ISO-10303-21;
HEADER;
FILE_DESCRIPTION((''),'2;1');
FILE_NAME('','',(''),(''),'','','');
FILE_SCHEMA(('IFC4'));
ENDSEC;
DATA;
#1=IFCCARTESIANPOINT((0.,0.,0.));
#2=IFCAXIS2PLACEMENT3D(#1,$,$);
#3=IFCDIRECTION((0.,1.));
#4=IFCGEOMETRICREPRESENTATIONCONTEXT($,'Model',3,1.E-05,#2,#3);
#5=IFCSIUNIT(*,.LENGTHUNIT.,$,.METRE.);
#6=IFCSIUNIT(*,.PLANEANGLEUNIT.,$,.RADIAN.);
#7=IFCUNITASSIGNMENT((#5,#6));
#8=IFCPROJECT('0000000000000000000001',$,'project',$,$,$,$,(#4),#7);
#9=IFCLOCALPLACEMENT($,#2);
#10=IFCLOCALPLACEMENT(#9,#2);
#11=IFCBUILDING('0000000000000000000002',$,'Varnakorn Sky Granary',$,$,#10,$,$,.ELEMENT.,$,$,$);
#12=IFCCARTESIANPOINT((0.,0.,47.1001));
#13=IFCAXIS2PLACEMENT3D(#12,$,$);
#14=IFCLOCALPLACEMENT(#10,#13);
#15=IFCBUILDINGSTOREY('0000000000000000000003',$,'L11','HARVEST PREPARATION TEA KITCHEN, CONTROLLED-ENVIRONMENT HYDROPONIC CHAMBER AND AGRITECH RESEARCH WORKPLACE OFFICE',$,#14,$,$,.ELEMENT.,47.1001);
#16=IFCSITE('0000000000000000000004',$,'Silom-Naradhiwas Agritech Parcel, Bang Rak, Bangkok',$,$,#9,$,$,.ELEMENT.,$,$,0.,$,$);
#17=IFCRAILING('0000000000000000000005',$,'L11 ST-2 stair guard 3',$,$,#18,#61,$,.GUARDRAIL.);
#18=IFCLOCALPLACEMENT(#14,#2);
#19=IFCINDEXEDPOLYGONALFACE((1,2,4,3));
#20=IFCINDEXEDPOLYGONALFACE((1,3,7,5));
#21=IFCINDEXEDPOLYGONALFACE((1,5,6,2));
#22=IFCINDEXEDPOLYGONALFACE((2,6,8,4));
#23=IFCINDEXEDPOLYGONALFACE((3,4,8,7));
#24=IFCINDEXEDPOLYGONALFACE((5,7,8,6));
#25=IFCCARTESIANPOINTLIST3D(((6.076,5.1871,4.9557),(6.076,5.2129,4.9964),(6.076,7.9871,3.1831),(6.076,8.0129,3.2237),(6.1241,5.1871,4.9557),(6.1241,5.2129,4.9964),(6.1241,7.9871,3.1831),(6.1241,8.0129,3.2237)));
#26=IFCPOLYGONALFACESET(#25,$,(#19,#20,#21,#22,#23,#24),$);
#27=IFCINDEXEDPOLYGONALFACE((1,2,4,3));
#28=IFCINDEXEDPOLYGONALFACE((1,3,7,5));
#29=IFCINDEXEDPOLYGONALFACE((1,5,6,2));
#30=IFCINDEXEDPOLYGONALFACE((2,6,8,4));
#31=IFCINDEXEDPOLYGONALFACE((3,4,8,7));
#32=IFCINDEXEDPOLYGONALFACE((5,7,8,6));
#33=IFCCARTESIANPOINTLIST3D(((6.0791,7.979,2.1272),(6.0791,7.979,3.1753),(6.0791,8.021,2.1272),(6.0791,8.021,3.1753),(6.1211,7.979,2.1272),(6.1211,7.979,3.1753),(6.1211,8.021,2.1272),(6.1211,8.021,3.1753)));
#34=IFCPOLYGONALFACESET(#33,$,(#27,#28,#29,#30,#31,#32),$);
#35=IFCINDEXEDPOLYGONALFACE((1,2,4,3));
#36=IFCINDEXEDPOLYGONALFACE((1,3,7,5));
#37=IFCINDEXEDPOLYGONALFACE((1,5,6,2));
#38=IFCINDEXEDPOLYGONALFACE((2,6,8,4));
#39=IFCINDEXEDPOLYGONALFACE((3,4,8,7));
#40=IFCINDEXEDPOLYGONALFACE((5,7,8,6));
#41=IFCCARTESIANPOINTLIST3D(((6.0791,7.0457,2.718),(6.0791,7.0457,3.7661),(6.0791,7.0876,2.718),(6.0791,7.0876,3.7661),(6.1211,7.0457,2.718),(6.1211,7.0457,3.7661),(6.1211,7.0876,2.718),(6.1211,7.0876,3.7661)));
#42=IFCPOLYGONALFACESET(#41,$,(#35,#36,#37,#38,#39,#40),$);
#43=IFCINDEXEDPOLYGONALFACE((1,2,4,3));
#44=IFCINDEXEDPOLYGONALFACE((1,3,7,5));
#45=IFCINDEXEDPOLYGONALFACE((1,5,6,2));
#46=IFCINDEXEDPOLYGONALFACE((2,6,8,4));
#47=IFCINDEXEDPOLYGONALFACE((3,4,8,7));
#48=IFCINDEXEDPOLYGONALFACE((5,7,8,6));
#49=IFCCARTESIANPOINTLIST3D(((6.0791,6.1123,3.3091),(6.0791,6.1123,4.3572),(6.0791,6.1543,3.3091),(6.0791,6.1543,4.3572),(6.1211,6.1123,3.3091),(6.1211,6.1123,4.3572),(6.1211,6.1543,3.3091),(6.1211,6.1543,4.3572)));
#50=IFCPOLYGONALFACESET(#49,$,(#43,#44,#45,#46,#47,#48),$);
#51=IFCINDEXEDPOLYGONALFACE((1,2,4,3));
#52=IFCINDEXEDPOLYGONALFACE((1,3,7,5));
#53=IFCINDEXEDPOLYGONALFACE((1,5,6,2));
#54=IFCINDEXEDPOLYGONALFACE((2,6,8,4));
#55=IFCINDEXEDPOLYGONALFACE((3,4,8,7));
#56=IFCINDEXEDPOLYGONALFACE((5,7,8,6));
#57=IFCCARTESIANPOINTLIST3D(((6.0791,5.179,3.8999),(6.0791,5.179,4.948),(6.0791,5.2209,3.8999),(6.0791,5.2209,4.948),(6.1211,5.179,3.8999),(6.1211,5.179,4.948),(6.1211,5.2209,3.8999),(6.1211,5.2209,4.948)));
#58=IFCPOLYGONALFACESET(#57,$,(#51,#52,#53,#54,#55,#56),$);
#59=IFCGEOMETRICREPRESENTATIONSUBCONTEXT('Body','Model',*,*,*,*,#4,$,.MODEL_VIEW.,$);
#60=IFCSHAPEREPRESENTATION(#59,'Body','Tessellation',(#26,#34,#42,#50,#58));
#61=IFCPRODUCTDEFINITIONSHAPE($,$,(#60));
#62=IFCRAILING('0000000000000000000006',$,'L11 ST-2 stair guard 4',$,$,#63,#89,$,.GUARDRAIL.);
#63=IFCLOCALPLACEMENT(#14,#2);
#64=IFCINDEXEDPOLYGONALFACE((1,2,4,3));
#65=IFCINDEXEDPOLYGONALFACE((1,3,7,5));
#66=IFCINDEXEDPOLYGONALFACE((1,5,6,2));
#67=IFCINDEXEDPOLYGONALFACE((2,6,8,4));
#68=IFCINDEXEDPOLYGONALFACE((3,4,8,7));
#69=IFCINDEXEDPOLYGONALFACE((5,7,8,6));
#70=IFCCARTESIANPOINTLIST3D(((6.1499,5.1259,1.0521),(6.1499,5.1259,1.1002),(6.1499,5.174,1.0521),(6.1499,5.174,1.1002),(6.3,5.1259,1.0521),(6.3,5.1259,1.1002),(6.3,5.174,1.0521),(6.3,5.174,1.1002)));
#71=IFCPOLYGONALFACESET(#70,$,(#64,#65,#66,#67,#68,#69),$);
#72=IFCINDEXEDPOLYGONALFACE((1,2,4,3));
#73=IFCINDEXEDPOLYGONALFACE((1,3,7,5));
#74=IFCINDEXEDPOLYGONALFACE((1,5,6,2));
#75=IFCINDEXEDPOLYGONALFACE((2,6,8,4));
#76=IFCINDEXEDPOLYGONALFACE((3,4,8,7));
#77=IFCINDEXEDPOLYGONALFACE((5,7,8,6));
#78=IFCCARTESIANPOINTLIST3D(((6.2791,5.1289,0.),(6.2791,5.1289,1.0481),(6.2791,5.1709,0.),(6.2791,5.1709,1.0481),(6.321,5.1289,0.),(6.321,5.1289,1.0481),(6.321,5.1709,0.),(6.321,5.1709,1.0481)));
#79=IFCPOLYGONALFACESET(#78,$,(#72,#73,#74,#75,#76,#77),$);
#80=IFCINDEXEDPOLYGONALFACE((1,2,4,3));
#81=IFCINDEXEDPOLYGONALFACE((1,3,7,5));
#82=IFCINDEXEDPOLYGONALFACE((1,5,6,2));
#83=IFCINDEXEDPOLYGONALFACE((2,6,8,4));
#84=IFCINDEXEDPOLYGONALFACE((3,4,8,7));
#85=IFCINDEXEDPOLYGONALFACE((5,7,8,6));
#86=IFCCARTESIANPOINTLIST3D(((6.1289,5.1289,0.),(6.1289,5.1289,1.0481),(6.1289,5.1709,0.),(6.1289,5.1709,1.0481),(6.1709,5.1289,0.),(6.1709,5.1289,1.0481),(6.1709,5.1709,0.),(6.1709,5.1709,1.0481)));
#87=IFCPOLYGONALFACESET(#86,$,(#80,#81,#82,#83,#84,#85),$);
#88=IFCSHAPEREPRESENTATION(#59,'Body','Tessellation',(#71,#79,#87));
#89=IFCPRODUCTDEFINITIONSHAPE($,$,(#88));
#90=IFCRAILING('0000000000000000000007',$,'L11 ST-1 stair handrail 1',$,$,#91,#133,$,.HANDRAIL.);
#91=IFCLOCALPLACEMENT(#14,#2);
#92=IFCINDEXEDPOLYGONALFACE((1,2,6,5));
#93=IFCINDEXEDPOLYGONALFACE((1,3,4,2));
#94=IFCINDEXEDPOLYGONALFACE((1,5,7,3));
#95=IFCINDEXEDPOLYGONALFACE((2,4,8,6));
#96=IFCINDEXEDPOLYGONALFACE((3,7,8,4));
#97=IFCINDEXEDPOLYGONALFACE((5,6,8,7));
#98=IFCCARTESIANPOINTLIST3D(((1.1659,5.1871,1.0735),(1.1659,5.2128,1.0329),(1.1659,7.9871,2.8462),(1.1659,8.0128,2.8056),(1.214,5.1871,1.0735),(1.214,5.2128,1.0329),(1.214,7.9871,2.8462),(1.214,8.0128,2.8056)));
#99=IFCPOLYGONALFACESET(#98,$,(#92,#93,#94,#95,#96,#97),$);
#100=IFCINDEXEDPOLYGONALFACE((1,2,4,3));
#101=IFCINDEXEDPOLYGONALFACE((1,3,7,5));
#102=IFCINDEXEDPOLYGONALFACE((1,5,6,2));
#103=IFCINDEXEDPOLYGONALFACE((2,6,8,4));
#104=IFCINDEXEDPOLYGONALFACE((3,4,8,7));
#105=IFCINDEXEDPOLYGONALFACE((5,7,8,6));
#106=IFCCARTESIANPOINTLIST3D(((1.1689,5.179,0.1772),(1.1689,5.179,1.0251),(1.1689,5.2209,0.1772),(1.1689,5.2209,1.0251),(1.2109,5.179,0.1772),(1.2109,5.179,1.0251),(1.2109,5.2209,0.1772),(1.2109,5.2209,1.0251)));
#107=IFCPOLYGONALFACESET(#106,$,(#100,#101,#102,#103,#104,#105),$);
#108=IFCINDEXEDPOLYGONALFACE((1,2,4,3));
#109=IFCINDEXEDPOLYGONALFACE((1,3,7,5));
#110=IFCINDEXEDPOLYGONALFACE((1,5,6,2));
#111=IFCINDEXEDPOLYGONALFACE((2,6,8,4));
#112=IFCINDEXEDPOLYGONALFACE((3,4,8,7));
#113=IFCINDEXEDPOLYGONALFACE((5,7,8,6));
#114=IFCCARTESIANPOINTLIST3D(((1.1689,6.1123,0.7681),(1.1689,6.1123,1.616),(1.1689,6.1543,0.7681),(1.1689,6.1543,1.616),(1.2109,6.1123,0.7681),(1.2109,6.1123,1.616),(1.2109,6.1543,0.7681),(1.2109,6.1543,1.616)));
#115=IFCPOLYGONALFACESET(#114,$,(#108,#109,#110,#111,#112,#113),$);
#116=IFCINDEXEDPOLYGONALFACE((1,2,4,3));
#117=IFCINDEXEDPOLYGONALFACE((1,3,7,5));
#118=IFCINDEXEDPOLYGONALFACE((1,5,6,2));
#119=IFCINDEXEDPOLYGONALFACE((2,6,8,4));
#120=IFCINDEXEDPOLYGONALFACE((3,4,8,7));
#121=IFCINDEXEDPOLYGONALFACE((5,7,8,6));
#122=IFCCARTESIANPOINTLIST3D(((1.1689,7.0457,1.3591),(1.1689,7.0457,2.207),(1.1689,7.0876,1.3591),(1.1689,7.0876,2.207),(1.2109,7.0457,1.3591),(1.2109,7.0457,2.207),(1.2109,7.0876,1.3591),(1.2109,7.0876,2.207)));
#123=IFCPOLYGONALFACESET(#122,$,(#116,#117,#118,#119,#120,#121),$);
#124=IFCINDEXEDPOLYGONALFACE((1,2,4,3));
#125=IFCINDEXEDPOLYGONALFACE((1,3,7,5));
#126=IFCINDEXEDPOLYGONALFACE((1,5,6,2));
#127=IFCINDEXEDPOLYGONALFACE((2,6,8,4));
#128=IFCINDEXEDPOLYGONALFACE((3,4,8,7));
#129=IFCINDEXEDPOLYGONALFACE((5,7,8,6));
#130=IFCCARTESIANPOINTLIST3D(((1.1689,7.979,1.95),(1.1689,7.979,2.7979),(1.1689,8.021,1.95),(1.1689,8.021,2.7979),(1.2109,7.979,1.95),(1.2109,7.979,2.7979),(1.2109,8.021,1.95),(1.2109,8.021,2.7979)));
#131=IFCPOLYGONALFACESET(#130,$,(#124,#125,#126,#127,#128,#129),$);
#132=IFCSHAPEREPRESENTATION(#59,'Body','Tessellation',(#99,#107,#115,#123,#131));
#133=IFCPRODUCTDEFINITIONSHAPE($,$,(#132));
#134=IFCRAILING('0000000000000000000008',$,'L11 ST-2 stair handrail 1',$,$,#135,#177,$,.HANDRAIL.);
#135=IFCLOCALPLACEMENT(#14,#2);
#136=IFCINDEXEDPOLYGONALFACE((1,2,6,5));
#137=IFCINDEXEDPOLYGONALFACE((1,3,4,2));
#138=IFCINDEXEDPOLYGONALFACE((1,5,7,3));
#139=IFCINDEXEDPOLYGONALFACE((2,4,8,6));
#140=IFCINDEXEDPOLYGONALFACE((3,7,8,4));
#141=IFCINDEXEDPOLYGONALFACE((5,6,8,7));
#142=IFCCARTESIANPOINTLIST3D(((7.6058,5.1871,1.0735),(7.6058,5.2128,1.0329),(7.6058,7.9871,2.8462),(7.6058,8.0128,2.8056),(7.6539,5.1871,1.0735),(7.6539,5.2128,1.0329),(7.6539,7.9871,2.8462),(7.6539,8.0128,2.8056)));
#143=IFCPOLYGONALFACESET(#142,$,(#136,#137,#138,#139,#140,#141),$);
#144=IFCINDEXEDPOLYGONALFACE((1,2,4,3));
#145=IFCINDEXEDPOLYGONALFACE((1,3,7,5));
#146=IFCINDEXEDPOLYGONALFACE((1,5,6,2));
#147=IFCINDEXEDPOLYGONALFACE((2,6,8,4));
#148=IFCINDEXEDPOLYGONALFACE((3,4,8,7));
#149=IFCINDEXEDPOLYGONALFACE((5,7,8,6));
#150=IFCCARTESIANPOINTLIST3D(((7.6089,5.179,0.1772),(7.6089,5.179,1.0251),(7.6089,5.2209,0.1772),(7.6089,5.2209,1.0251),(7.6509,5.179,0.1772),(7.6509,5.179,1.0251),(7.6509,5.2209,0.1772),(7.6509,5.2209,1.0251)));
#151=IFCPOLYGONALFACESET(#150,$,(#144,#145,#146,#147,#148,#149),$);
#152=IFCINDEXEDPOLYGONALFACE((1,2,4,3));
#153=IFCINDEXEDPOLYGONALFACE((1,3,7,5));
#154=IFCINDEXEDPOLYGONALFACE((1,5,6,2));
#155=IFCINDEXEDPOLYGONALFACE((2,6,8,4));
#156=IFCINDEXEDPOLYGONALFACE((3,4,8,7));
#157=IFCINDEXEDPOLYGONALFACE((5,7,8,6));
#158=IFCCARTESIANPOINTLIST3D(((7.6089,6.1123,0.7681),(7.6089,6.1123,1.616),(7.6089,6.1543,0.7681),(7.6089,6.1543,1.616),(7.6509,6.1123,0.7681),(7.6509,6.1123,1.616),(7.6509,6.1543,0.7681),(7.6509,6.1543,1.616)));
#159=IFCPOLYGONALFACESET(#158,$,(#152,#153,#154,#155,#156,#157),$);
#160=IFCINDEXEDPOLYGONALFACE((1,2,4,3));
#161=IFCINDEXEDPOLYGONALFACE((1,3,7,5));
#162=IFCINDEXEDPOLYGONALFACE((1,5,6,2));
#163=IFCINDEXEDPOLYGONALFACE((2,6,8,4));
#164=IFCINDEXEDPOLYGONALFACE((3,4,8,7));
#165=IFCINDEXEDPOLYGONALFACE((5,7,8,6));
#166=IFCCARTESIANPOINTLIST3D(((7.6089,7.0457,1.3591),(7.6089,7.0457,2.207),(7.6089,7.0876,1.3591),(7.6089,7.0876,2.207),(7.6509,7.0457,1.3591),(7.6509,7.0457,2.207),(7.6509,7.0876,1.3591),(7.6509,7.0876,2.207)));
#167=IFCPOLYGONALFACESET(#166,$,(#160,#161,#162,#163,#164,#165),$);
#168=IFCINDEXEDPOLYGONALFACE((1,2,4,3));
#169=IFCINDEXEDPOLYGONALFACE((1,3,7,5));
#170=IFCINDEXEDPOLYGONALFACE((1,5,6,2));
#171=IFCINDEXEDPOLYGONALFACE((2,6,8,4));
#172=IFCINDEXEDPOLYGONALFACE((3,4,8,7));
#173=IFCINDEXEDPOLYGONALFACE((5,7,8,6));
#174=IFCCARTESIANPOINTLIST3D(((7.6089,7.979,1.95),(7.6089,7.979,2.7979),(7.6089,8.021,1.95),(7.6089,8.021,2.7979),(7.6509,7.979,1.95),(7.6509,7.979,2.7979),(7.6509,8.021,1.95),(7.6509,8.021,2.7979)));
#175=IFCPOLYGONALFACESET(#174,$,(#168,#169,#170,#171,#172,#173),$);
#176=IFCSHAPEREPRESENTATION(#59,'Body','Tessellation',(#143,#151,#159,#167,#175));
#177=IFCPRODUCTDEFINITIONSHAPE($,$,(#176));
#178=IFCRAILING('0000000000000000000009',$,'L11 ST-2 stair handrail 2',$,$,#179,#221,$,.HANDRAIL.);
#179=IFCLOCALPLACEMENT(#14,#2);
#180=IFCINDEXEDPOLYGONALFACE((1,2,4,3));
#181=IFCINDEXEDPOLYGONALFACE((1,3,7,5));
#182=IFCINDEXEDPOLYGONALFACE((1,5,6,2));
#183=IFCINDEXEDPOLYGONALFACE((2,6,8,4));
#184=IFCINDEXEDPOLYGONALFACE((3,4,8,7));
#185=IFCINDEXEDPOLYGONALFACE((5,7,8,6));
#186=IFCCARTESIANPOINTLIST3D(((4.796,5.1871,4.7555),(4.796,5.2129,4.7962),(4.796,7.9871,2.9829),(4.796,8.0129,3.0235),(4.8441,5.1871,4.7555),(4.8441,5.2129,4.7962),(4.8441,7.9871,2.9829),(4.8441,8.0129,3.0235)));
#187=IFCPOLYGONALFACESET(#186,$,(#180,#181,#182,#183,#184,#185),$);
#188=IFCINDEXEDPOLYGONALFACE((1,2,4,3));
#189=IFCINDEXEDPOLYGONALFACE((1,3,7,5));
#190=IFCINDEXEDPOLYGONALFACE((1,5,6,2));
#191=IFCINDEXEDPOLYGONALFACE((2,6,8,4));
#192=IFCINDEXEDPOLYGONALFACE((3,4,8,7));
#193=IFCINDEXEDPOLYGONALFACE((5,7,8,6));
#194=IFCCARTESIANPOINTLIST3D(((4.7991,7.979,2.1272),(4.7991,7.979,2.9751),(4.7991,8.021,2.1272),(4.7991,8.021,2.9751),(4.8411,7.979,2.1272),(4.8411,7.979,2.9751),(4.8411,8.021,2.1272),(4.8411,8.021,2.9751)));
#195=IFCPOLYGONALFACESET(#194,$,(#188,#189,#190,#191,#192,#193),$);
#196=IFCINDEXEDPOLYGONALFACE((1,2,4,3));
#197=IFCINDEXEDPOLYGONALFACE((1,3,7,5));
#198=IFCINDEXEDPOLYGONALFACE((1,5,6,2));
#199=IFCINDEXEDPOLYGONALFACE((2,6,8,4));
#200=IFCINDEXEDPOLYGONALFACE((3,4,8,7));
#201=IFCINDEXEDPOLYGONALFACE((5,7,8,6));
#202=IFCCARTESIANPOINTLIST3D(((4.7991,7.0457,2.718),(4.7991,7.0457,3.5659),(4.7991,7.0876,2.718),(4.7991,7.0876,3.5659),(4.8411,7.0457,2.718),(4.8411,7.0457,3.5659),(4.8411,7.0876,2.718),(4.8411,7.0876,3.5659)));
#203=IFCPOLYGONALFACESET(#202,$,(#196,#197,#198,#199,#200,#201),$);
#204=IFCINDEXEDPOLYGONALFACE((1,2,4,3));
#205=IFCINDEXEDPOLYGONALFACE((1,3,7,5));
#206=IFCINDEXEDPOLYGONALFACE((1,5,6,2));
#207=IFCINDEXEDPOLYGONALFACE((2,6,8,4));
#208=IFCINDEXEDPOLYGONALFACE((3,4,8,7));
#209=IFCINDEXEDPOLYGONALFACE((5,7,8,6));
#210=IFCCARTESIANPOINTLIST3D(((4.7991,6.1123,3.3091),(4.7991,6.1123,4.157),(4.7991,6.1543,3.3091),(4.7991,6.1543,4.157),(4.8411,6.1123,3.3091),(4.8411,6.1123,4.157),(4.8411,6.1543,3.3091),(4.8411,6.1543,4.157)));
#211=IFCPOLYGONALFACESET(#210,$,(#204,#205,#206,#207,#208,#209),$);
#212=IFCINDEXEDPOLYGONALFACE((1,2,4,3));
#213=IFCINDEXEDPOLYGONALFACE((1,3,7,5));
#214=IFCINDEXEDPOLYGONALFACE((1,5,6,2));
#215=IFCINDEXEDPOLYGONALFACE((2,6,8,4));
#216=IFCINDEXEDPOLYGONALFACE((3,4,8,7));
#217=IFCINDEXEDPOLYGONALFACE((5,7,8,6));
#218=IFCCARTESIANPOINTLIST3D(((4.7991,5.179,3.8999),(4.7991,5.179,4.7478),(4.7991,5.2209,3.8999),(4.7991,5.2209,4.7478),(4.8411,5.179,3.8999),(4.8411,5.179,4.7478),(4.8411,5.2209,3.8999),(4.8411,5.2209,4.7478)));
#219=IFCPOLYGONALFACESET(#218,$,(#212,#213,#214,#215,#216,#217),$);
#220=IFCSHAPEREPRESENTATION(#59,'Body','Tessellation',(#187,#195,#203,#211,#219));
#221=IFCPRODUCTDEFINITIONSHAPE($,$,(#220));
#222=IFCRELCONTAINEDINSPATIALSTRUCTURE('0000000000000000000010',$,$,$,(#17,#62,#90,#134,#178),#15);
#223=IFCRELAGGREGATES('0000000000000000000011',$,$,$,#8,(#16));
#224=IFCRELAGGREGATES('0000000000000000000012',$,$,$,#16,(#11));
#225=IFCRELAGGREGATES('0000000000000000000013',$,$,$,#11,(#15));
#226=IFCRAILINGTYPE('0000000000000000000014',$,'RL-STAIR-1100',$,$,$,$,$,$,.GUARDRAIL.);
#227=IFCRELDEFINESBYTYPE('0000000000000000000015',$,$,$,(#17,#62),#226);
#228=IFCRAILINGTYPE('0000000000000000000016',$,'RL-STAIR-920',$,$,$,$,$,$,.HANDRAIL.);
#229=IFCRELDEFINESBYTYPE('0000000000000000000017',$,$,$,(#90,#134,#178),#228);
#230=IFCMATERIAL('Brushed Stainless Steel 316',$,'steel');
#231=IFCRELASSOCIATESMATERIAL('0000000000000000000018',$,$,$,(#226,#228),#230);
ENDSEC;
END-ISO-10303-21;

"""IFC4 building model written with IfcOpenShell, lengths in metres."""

from ifc_helpers import new_model, si_unit, direction, frame, origin, origin_2d, place, context, subcontext, project, spatial, rectangle, extrude, material, type_object, element, save


model = new_model("IFC4")

# Units and contexts
model_context = context("Model", 3, precision=1e-05, world=origin(), true_north=direction((0.0, 1.0)))
body_context = subcontext(model_context, "Body", "Model", "MODEL_VIEW")
ifc_project = project(units=[si_unit("LENGTHUNIT", "METRE"), si_unit("PLANEANGLEUNIT", "RADIAN")], contexts=[model_context])

# Site, building, storey
site_placement = place(None, origin())
site = spatial("IfcSite", under=ifc_project, at=site_placement, Name="Silom-Naradhiwas Agritech Parcel, Bang Rak, Bangkok", CompositionType="ELEMENT", RefElevation=0.0)
building_placement = place(site_placement, origin())
building = spatial("IfcBuilding", under=site, at=building_placement, Name="Varnakorn Sky Granary", CompositionType="ELEMENT")
storey_placement = place(building_placement, frame((0.0, 0.0, 47.1001)))
storey = spatial("IfcBuildingStorey", under=building, at=storey_placement, Name="L11", Description="HARVEST PREPARATION TEA KITCHEN, CONTROLLED-ENVIRONMENT HYDROPONIC CHAMBER AND AGRITECH RESEARCH WORKPLACE OFFICE", CompositionType="ELEMENT", Elevation=47.1001)

# Railings
ifc_material_1 = material(Name="Brushed Stainless Steel 316", Category="steel")
railing_type_1 = type_object("IfcRailingType", Name="RL-STAIR-1100", PredefinedType="GUARDRAIL", material=ifc_material_1)
railing_1_placement = place(storey_placement, frame((6.1001, 8.0, 2.1272)))
element("IfcRailing", 1, at=railing_1_placement, inside=storey, type_object=railing_type_1, Name="L11 ST-2 stair guard 3", PredefinedType="GUARDRAIL", context=body_context, shape_type="SweptSolid", body=[
    extrude(rectangle(XDim=0.0481, YDim=0.0481, at=origin_2d()), frame((0.0, 0.0, 1.0762), z_axis=(0.0, -0.844909, 0.53491), x_axis=(1.0, 0.0, 0.0)), (0.0, 0.0, 1.0), 3.314),
    extrude(rectangle(XDim=0.042, YDim=0.042, at=origin_2d()), origin(), (0.0, 0.0, 1.0), 1.0481),
    extrude(rectangle(XDim=0.042, YDim=0.042, at=origin_2d()), frame((0.0, -0.9333, 0.5908)), (0.0, 0.0, 1.0), 1.0481),
    extrude(rectangle(XDim=0.042, YDim=0.042, at=origin_2d()), frame((0.0, -1.8667, 1.1819)), (0.0, 0.0, 1.0), 1.0481),
    extrude(rectangle(XDim=0.042, YDim=0.042, at=origin_2d()), frame((0.0, -2.8, 1.7727)), (0.0, 0.0, 1.0), 1.0481),
])
railing_2_placement = place(storey_placement, frame((6.3, 5.1499, 0.0)))
element("IfcRailing", 2, at=railing_2_placement, inside=storey, type_object=railing_type_1, Name="L11 ST-2 stair guard 4", PredefinedType="GUARDRAIL", context=body_context, shape_type="SweptSolid", body=[
    extrude(rectangle(XDim=0.0481, YDim=0.0481, at=origin_2d()), frame((0.0, 0.0, 1.0762), z_axis=(-1.0, 0.0, 0.0), x_axis=(0.0, -1.0, 0.0)), (0.0, 0.0, 1.0), 0.1501),
    extrude(rectangle(XDim=0.042, YDim=0.042, at=origin_2d()), origin(), (0.0, 0.0, 1.0), 1.0481),
    extrude(rectangle(XDim=0.042, YDim=0.042, at=origin_2d()), frame((-0.1501, 0.0, 0.0)), (0.0, 0.0, 1.0), 1.0481),
])
railing_type_2 = type_object("IfcRailingType", Name="RL-STAIR-920", PredefinedType="HANDRAIL", material=ifc_material_1)
for number, where, name in (
    (3, (1.1899, 5.2, 0.1772), "L11 ST-1 stair handrail 1"),
    (4, (7.6299, 5.2, 0.1772), "L11 ST-2 stair handrail 1"),
):
    element("IfcRailing", number, at=place(storey_placement, frame(where)), inside=storey, type_object=railing_type_2, Name=name, PredefinedType="HANDRAIL", context=body_context, shape_type="SweptSolid", body=[
        extrude(rectangle(XDim=0.0481, YDim=0.0481, at=origin_2d()), frame((0.0, 0.0, 0.876), z_axis=(0.0, 0.844909, 0.53491), x_axis=(-1.0, 0.0, 0.0)), (0.0, 0.0, 1.0), 3.314),
        extrude(rectangle(XDim=0.042, YDim=0.042, at=origin_2d()), origin(), (0.0, 0.0, 1.0), 0.8479),
        extrude(rectangle(XDim=0.042, YDim=0.042, at=origin_2d()), frame((0.0, 0.9333, 0.5908)), (0.0, 0.0, 1.0), 0.8479),
        extrude(rectangle(XDim=0.042, YDim=0.042, at=origin_2d()), frame((0.0, 1.8667, 1.1819)), (0.0, 0.0, 1.0), 0.8479),
        extrude(rectangle(XDim=0.042, YDim=0.042, at=origin_2d()), frame((0.0, 2.8, 1.7727)), (0.0, 0.0, 1.0), 0.8479),
    ])
railing_3_placement = place(storey_placement, frame((4.8201, 8.0, 2.1272)))
element("IfcRailing", 5, at=railing_3_placement, inside=storey, type_object=railing_type_2, Name="L11 ST-2 stair handrail 2", PredefinedType="HANDRAIL", context=body_context, shape_type="SweptSolid", body=[
    extrude(rectangle(XDim=0.0481, YDim=0.0481, at=origin_2d()), frame((0.0, 0.0, 0.876), z_axis=(0.0, -0.844909, 0.53491), x_axis=(1.0, 0.0, 0.0)), (0.0, 0.0, 1.0), 3.314),
    extrude(rectangle(XDim=0.042, YDim=0.042, at=origin_2d()), origin(), (0.0, 0.0, 1.0), 0.8479),
    extrude(rectangle(XDim=0.042, YDim=0.042, at=origin_2d()), frame((0.0, -0.9333, 0.5908)), (0.0, 0.0, 1.0), 0.8479),
    extrude(rectangle(XDim=0.042, YDim=0.042, at=origin_2d()), frame((0.0, -1.8667, 1.1819)), (0.0, 0.0, 1.0), 0.8479),
    extrude(rectangle(XDim=0.042, YDim=0.042, at=origin_2d()), frame((0.0, -2.8, 1.7727)), (0.0, 0.0, 1.0), 0.8479),
])

save(model, "model.ifc")
